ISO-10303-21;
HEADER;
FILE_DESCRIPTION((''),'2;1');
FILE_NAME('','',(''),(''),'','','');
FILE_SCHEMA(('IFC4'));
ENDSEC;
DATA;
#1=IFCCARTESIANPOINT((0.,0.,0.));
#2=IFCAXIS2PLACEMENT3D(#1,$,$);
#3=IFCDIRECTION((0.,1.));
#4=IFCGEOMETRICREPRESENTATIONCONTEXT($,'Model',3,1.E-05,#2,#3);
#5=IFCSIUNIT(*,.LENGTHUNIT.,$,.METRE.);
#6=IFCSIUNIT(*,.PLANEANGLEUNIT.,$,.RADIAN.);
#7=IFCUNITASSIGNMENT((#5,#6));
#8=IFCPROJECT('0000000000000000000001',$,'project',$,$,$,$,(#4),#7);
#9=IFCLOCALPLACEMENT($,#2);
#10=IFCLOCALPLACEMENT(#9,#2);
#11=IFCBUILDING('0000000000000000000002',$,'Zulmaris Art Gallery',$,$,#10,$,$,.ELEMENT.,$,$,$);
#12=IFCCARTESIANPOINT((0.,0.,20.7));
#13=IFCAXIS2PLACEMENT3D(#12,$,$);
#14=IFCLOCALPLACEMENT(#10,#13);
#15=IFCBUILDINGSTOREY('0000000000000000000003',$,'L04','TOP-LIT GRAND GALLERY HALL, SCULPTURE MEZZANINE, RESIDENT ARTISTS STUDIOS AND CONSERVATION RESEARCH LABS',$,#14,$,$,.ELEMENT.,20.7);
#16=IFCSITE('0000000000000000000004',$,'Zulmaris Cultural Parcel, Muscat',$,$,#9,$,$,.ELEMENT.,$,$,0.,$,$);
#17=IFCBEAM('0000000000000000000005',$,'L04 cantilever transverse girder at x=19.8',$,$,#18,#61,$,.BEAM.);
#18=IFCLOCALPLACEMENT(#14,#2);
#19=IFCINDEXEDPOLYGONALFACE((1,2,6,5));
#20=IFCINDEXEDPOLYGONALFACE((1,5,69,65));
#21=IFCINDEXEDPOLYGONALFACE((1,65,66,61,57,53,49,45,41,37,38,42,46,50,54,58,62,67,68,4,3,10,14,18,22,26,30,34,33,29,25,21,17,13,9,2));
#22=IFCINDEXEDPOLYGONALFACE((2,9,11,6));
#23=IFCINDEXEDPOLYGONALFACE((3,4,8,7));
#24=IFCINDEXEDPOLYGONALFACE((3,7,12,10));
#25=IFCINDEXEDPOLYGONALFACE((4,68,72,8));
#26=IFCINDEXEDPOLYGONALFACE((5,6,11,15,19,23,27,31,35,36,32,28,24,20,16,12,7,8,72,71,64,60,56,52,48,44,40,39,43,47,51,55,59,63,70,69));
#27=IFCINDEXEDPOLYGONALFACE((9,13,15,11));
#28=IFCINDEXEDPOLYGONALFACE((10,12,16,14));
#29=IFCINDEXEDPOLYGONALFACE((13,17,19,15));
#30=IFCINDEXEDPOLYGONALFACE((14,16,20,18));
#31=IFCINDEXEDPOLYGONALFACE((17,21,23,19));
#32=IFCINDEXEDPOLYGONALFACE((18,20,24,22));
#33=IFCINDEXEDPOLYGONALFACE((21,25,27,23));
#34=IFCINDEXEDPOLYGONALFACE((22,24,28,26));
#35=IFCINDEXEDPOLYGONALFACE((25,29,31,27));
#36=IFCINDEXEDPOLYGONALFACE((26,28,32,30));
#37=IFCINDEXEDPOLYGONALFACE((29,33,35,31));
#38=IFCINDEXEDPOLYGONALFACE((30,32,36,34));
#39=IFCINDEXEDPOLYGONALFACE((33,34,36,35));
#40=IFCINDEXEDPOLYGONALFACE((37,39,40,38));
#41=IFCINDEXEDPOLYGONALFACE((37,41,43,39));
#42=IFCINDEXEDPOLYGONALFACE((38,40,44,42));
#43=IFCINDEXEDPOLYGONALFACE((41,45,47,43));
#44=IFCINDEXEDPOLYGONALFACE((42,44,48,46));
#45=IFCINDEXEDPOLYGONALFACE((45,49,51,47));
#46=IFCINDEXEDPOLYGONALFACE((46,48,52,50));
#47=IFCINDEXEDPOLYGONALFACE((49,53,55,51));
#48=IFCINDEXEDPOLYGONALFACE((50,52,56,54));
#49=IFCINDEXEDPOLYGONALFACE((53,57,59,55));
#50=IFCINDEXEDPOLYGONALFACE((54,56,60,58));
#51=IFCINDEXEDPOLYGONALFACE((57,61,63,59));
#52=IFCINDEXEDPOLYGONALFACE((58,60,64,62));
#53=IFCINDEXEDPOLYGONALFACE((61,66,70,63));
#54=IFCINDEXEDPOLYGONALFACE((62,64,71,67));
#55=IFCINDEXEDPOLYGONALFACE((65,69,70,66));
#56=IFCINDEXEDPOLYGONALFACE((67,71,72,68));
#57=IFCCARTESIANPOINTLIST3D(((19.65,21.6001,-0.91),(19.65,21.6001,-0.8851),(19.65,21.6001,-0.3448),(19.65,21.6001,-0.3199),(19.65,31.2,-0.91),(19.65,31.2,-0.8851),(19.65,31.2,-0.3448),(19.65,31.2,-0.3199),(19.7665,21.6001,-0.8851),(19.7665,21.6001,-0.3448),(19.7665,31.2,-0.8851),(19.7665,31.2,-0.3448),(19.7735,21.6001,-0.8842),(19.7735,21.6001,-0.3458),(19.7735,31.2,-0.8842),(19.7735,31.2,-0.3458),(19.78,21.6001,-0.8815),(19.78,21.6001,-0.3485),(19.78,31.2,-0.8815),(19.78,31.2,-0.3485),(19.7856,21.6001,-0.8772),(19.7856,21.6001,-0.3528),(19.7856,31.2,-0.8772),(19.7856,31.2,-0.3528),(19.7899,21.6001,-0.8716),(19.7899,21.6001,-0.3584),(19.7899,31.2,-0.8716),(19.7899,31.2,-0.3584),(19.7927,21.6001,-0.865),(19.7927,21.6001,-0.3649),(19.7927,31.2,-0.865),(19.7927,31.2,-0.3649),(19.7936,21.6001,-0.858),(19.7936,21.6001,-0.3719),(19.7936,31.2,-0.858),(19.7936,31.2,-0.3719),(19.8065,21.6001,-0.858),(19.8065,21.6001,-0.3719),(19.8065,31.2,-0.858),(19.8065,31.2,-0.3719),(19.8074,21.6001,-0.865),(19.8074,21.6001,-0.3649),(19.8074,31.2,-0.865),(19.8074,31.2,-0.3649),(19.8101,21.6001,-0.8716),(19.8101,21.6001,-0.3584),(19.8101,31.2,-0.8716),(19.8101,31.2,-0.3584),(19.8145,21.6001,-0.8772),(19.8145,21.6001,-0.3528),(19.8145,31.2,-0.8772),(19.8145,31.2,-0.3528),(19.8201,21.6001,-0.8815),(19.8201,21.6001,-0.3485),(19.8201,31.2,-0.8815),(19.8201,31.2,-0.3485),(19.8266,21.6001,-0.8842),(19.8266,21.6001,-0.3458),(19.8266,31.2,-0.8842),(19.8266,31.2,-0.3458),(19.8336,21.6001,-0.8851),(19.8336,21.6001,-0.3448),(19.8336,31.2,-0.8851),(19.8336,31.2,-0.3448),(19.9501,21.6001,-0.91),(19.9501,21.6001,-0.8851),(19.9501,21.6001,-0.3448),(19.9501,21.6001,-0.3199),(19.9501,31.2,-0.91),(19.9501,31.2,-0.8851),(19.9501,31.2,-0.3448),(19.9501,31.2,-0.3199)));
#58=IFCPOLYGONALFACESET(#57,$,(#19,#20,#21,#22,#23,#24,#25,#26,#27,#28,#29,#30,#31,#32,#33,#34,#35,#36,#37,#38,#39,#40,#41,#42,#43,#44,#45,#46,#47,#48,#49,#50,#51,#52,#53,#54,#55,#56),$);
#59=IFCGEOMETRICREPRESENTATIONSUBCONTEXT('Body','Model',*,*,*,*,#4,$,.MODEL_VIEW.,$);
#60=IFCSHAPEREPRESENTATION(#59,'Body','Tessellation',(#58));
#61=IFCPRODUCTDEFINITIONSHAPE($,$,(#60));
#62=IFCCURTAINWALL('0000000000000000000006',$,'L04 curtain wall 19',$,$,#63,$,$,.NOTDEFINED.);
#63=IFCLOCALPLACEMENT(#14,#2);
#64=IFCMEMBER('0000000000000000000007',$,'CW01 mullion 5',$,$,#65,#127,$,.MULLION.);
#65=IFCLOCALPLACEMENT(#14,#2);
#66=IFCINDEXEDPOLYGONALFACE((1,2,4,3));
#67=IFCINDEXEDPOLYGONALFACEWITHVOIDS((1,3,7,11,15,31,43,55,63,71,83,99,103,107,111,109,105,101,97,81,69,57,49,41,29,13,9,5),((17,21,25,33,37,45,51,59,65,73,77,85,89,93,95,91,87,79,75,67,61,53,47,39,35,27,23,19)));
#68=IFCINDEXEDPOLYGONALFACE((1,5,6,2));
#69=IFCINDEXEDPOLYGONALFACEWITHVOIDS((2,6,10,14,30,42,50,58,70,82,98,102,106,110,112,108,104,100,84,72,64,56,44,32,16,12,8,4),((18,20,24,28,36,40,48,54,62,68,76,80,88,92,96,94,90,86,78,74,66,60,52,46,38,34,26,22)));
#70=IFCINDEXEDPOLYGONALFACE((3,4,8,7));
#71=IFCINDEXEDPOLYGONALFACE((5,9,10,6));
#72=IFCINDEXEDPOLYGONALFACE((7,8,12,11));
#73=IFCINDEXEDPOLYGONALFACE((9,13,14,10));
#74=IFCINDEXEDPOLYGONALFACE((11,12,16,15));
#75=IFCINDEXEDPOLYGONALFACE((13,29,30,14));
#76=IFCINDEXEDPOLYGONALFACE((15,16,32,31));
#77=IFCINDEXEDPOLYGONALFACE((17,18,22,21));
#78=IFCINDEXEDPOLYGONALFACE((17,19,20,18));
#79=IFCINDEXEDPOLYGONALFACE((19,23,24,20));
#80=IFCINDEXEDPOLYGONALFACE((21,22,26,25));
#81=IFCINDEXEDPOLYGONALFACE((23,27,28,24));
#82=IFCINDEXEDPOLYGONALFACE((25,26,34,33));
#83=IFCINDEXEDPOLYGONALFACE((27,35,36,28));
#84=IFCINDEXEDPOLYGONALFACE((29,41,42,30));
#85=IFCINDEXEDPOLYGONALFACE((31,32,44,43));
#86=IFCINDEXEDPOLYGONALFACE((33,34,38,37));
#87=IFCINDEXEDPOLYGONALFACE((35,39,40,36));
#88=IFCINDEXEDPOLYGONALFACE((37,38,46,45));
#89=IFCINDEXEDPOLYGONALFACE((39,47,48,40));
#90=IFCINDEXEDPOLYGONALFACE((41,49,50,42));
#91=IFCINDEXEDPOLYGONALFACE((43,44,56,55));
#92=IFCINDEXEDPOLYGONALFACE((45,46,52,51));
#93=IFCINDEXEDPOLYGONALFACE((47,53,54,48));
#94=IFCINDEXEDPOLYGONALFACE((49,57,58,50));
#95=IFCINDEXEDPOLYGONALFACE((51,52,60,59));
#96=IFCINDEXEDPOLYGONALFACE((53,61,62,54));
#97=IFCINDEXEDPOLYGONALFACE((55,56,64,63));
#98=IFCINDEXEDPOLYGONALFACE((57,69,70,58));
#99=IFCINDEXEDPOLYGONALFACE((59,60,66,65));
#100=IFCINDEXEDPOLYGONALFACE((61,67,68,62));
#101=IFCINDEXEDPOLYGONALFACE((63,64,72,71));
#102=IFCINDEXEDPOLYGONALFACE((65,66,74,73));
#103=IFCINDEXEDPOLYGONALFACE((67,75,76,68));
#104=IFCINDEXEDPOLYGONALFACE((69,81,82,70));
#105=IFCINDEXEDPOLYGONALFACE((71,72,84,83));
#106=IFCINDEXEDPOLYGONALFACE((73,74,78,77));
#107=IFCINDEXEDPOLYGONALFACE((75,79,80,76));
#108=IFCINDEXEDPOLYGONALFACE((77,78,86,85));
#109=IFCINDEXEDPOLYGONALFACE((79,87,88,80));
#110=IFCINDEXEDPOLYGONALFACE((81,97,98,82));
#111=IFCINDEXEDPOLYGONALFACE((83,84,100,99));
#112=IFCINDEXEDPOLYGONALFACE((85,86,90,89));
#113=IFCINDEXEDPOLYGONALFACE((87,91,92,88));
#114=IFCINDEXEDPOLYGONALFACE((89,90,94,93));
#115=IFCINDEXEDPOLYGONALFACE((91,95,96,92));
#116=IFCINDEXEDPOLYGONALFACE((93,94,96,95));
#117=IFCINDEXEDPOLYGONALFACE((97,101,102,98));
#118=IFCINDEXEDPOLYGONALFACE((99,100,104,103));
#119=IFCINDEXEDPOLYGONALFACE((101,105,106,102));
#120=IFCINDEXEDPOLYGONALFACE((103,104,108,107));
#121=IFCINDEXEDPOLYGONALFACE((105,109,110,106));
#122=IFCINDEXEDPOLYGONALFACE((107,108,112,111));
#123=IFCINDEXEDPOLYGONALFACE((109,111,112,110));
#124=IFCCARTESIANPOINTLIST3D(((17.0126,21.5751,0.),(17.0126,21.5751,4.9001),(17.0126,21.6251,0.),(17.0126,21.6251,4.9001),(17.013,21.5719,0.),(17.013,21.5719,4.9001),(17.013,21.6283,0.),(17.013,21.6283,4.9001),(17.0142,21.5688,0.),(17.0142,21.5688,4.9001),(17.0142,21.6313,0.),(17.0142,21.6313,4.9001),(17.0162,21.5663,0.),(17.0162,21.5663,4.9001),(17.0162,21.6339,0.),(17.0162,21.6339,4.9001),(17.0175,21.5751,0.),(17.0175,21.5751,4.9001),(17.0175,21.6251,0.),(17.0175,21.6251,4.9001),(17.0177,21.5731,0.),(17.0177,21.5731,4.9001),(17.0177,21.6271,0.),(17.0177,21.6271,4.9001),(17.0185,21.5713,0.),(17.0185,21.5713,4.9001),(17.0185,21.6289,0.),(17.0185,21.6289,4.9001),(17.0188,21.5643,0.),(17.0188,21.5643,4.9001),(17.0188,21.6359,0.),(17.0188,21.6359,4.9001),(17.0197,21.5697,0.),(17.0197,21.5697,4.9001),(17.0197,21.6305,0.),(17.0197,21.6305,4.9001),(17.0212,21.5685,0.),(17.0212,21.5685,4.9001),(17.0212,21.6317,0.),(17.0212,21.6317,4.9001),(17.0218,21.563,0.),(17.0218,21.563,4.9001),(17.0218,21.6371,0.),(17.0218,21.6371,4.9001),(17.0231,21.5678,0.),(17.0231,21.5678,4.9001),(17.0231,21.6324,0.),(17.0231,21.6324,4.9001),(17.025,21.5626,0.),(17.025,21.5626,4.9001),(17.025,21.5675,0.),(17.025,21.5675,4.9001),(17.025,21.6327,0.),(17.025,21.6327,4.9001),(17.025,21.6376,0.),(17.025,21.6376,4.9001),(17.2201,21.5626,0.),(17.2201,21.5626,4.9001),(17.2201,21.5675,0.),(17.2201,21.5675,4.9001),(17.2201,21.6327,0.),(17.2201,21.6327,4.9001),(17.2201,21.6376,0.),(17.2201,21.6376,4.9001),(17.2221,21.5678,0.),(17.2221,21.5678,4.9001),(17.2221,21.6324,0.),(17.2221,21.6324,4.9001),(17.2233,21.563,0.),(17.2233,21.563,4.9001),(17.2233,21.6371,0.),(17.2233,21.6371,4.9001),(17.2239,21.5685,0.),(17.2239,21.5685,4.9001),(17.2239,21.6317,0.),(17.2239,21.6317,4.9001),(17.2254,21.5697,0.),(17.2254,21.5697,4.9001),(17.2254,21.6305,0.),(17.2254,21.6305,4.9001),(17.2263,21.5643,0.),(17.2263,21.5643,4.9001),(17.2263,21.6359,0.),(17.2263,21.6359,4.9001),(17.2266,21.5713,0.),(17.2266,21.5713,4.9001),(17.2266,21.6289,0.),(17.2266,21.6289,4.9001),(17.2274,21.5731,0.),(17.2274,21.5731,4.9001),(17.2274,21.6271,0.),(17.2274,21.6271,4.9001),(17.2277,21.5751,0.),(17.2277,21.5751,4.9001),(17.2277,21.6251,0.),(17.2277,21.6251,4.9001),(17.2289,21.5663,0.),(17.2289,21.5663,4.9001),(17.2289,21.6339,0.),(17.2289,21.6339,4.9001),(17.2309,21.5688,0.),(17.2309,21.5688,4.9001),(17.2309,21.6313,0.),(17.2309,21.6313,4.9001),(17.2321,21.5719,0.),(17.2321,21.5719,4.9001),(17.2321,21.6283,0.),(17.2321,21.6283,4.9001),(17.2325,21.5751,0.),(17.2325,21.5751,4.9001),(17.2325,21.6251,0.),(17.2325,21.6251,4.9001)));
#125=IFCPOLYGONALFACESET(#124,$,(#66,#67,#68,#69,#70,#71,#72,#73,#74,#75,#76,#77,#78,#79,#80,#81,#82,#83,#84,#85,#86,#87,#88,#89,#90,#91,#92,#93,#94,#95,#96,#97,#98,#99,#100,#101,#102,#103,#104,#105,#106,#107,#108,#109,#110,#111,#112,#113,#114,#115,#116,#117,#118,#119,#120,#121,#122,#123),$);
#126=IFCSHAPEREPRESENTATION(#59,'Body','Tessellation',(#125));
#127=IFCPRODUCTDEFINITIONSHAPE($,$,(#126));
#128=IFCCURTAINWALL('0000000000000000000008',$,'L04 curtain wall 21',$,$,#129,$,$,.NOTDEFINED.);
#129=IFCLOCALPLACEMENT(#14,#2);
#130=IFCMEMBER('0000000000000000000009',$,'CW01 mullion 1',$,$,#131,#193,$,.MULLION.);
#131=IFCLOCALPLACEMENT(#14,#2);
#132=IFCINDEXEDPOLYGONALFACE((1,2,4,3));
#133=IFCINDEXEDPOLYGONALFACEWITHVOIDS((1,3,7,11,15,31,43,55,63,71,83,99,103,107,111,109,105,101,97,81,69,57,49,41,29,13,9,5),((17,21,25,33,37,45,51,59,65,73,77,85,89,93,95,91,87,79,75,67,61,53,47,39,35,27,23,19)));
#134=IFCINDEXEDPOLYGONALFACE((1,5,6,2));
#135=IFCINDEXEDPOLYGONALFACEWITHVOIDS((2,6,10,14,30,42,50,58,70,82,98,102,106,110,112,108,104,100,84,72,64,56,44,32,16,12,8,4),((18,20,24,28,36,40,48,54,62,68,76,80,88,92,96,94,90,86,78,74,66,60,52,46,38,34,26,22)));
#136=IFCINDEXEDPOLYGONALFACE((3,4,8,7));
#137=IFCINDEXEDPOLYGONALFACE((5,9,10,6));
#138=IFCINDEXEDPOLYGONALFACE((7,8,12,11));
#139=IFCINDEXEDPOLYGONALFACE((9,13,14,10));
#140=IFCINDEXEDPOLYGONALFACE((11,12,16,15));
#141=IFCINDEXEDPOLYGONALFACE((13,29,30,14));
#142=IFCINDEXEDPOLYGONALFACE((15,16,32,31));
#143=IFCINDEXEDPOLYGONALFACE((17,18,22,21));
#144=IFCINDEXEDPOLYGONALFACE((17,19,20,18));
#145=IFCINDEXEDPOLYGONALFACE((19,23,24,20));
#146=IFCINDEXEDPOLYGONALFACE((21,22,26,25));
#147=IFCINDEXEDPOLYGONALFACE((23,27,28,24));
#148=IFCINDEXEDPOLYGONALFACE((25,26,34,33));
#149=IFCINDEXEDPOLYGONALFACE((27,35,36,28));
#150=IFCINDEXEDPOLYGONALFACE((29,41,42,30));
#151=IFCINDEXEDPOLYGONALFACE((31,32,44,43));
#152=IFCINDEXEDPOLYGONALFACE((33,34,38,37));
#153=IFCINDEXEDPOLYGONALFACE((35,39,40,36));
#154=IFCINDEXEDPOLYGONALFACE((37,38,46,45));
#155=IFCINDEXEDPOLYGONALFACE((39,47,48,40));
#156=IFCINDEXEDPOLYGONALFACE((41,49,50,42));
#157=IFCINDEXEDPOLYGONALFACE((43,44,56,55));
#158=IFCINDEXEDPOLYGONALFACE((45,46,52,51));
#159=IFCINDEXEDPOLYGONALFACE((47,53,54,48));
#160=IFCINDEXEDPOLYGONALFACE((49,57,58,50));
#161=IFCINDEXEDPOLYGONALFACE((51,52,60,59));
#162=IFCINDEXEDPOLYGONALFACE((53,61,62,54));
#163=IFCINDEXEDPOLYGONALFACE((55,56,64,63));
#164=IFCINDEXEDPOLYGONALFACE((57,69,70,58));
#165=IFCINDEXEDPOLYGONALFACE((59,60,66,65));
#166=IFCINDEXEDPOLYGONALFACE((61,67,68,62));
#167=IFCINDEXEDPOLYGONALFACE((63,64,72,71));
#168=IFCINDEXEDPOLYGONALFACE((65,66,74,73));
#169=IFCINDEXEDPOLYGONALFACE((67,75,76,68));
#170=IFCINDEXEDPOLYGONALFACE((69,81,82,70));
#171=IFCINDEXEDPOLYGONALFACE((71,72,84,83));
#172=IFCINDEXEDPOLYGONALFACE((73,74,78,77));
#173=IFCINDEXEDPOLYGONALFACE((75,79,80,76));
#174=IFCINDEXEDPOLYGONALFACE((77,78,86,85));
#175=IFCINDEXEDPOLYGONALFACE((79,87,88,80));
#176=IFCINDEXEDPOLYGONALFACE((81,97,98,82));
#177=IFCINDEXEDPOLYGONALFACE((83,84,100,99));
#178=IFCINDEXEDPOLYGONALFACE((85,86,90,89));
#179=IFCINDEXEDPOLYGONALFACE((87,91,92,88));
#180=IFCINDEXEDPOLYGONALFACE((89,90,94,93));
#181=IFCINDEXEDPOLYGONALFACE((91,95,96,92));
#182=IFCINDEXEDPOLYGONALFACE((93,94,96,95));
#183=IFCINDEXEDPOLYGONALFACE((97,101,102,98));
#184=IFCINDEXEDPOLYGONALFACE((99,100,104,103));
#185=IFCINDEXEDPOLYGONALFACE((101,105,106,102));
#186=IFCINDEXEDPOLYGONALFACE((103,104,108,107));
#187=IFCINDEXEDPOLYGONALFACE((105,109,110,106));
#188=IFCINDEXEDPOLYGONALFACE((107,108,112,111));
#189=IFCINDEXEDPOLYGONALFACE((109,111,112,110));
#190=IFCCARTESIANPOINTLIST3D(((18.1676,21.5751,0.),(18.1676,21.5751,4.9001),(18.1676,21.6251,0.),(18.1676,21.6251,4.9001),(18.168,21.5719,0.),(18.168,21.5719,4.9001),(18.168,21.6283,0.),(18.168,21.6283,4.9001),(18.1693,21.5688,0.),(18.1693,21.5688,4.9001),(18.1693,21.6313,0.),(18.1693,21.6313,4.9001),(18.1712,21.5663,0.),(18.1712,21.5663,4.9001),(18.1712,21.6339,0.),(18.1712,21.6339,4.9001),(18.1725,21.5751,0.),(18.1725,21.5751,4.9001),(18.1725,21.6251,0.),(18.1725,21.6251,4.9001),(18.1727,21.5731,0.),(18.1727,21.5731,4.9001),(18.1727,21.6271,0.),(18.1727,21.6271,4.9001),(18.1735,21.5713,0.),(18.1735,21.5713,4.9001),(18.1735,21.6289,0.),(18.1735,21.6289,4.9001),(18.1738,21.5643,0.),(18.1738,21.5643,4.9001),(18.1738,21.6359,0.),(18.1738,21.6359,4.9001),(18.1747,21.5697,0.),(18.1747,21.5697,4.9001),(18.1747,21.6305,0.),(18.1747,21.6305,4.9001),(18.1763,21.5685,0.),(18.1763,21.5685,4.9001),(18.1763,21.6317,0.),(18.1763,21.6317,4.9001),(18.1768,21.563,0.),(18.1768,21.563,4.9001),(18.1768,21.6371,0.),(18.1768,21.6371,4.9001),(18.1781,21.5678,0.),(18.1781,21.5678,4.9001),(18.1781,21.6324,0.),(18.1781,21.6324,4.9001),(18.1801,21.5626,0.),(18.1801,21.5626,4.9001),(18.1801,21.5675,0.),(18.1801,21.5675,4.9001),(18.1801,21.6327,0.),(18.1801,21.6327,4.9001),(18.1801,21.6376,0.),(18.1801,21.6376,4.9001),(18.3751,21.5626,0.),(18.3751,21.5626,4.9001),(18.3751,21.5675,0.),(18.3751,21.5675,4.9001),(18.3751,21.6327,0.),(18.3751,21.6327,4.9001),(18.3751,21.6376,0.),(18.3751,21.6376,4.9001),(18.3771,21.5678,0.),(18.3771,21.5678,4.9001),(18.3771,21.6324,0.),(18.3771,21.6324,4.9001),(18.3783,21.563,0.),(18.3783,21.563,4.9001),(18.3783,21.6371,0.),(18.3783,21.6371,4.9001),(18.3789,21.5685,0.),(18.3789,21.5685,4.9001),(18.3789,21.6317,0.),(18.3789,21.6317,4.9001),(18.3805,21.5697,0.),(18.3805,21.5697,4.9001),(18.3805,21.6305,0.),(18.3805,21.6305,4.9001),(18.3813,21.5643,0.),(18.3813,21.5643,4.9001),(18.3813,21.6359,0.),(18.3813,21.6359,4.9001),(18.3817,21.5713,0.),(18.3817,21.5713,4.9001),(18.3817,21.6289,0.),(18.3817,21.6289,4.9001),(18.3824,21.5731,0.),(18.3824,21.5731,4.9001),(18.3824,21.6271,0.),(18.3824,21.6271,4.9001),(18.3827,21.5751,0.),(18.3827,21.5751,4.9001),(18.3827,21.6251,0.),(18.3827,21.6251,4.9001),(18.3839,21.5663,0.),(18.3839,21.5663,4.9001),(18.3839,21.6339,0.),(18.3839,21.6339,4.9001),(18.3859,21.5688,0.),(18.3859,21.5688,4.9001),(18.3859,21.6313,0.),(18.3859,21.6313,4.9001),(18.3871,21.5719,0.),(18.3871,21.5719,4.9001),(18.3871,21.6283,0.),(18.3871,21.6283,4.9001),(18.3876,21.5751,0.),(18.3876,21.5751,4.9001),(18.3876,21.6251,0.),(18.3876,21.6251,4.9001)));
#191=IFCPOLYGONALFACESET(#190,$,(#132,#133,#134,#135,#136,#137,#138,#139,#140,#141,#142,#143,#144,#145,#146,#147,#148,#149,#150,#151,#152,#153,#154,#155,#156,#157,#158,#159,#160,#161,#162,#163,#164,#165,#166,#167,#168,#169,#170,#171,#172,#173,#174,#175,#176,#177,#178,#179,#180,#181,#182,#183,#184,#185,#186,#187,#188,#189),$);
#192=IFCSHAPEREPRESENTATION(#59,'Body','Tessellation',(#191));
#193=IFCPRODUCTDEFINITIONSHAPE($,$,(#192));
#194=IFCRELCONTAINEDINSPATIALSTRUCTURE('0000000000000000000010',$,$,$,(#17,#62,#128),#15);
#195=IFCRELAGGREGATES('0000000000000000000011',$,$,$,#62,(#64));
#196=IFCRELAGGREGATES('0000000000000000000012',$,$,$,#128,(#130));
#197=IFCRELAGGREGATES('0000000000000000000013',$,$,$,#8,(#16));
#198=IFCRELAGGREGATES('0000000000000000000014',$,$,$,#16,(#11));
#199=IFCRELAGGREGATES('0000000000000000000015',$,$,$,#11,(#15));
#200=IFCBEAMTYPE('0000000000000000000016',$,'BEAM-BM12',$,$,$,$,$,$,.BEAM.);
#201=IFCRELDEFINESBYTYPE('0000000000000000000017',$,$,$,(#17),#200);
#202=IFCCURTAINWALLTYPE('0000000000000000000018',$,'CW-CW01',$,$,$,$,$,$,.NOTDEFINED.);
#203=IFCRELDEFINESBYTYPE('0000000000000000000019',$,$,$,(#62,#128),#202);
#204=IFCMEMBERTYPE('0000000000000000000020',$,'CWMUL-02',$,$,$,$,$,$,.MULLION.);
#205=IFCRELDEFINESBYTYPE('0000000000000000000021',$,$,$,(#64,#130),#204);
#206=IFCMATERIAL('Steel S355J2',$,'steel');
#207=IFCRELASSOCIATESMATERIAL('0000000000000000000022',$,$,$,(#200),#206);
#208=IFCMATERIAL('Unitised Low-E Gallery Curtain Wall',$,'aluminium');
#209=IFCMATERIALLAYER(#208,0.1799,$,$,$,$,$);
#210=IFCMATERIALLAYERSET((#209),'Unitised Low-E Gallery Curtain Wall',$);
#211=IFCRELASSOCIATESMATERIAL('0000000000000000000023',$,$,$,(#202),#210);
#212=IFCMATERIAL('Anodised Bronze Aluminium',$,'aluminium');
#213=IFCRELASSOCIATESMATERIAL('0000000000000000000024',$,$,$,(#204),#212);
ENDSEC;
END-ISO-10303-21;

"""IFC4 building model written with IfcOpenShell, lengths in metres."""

from ifc_helpers import new_model, si_unit, direction, frame, origin, origin_2d, place, context, subcontext, project, spatial, hollow_rectangle, i_section, extrude, material, layer, layer_set, material_profile, profile_set, type_object, element, aggregate, save


model = new_model("IFC4")

# Units and contexts
model_context = context("Model", 3, precision=1e-05, world=origin(), true_north=direction((0.0, 1.0)))
body_context = subcontext(model_context, "Body", "Model", "MODEL_VIEW")
ifc_project = project(units=[si_unit("LENGTHUNIT", "METRE"), si_unit("PLANEANGLEUNIT", "RADIAN")], contexts=[model_context])

# Site, building, storey
site_placement = place(None, origin())
site = spatial("IfcSite", under=ifc_project, at=site_placement, Name="Zulmaris Cultural Parcel, Muscat", CompositionType="ELEMENT", RefElevation=0.0)
building_placement = place(site_placement, origin())
building = spatial("IfcBuilding", under=site, at=building_placement, Name="Zulmaris Art Gallery", CompositionType="ELEMENT")
storey_placement = place(building_placement, frame((0.0, 0.0, 20.7)))
storey = spatial("IfcBuildingStorey", under=building, at=storey_placement, Name="L04", Description="TOP-LIT GRAND GALLERY HALL, SCULPTURE MEZZANINE, RESIDENT ARTISTS STUDIOS AND CONSERVATION RESEARCH LABS", CompositionType="ELEMENT", Elevation=20.7)

# Beam
ifc_material_1 = material(Name="Steel S355J2", Category="steel")
ifc_material_profile_1 = material_profile(ifc_material_1, i_section(OverallWidth=0.3, OverallDepth=0.5901, WebThickness=0.0129, FlangeThickness=0.0249, FilletRadius=0.0271, at=origin_2d()), Name="HEA 600")
ifc_profile_set_1 = profile_set([ifc_material_profile_1], Name="Steel S355J2")
beam_type = type_object("IfcBeamType", Name="BEAM-BM12", PredefinedType="BEAM", material=ifc_profile_set_1)
beam_placement = place(storey_placement, frame((19.8, 21.6001, -0.615), z_axis=(0.0, 1.0, 0.0), x_axis=(-1.0, 0.0, 0.0)))
element("IfcBeam", 1, at=beam_placement, inside=storey, type_object=beam_type, Name="L04 cantilever transverse girder at x=19.8", PredefinedType="BEAM", context=body_context, shape_type="SweptSolid", body=[
    extrude(i_section(OverallWidth=0.3, OverallDepth=0.5901, WebThickness=0.0129, FlangeThickness=0.0249, FilletRadius=0.0271, at=origin_2d()), origin(), (0.0, 0.0, 1.0), 9.5999),
])

# Curtain wall, member
ifc_material_2 = material(Name="Unitised Low-E Gallery Curtain Wall", Category="aluminium")
ifc_layer_1 = layer(ifc_material_2, 0.1799)
ifc_layer_set_1 = layer_set([ifc_layer_1], Name="Unitised Low-E Gallery Curtain Wall")
curtain_wall_type = type_object("IfcCurtainWallType", Name="CW-CW01", PredefinedType="NOTDEFINED", material=ifc_layer_set_1)
curtain_wall_1_placement = place(storey_placement, origin())
curtain_wall_1 = element("IfcCurtainWall", 2, at=curtain_wall_1_placement, inside=storey, type_object=curtain_wall_type, Name="L04 curtain wall 19", PredefinedType="NOTDEFINED")
ifc_material_3 = material(Name="Anodised Bronze Aluminium", Category="aluminium")
ifc_material_profile_2 = material_profile(ifc_material_3, hollow_rectangle(XDim=0.075, YDim=0.22, WallThickness=0.0049, InnerFilletRadius=0.0076, OuterFilletRadius=0.0125, at=origin_2d()), Name="ALU 75x220x5")
ifc_profile_set_2 = profile_set([ifc_material_profile_2], Name="Anodised Bronze Aluminium")
member_type_1 = type_object("IfcMemberType", Name="CWMUL-02", PredefinedType="MULLION", material=ifc_profile_set_2)
member_1_placement = place(storey_placement, frame((17.1226, 21.6001, 0.0), z_axis=(0.0, 0.0, 1.0), x_axis=(0.0, 1.0, 0.0)))
member_1 = element("IfcMember", 3, at=member_1_placement, type_object=member_type_1, Name="CW01 mullion 5", PredefinedType="MULLION", context=body_context, shape_type="SweptSolid", body=[
    extrude(hollow_rectangle(XDim=0.075, YDim=0.22, WallThickness=0.0049, InnerFilletRadius=0.0076, OuterFilletRadius=0.0125, at=origin_2d()), origin(), (0.0, 0.0, 1.0), 4.9001),
])

# Curtain wall, member
curtain_wall_2_placement = place(storey_placement, origin())
curtain_wall_2 = element("IfcCurtainWall", 4, at=curtain_wall_2_placement, inside=storey, type_object=curtain_wall_type, Name="L04 curtain wall 21", PredefinedType="NOTDEFINED")
member_2_placement = place(storey_placement, frame((18.2776, 21.6001, 0.0), z_axis=(0.0, 0.0, 1.0), x_axis=(0.0, 1.0, 0.0)))
member_2 = element("IfcMember", 5, at=member_2_placement, type_object=member_type_1, Name="CW01 mullion 1", PredefinedType="MULLION", context=body_context, shape_type="SweptSolid", body=[
    extrude(hollow_rectangle(XDim=0.075, YDim=0.22, WallThickness=0.0049, InnerFilletRadius=0.0076, OuterFilletRadius=0.0125, at=origin_2d()), origin(), (0.0, 0.0, 1.0), 4.9001),
])

aggregate(curtain_wall_1, [member_1])
aggregate(curtain_wall_2, [member_2])

save(model, "model.ifc")
